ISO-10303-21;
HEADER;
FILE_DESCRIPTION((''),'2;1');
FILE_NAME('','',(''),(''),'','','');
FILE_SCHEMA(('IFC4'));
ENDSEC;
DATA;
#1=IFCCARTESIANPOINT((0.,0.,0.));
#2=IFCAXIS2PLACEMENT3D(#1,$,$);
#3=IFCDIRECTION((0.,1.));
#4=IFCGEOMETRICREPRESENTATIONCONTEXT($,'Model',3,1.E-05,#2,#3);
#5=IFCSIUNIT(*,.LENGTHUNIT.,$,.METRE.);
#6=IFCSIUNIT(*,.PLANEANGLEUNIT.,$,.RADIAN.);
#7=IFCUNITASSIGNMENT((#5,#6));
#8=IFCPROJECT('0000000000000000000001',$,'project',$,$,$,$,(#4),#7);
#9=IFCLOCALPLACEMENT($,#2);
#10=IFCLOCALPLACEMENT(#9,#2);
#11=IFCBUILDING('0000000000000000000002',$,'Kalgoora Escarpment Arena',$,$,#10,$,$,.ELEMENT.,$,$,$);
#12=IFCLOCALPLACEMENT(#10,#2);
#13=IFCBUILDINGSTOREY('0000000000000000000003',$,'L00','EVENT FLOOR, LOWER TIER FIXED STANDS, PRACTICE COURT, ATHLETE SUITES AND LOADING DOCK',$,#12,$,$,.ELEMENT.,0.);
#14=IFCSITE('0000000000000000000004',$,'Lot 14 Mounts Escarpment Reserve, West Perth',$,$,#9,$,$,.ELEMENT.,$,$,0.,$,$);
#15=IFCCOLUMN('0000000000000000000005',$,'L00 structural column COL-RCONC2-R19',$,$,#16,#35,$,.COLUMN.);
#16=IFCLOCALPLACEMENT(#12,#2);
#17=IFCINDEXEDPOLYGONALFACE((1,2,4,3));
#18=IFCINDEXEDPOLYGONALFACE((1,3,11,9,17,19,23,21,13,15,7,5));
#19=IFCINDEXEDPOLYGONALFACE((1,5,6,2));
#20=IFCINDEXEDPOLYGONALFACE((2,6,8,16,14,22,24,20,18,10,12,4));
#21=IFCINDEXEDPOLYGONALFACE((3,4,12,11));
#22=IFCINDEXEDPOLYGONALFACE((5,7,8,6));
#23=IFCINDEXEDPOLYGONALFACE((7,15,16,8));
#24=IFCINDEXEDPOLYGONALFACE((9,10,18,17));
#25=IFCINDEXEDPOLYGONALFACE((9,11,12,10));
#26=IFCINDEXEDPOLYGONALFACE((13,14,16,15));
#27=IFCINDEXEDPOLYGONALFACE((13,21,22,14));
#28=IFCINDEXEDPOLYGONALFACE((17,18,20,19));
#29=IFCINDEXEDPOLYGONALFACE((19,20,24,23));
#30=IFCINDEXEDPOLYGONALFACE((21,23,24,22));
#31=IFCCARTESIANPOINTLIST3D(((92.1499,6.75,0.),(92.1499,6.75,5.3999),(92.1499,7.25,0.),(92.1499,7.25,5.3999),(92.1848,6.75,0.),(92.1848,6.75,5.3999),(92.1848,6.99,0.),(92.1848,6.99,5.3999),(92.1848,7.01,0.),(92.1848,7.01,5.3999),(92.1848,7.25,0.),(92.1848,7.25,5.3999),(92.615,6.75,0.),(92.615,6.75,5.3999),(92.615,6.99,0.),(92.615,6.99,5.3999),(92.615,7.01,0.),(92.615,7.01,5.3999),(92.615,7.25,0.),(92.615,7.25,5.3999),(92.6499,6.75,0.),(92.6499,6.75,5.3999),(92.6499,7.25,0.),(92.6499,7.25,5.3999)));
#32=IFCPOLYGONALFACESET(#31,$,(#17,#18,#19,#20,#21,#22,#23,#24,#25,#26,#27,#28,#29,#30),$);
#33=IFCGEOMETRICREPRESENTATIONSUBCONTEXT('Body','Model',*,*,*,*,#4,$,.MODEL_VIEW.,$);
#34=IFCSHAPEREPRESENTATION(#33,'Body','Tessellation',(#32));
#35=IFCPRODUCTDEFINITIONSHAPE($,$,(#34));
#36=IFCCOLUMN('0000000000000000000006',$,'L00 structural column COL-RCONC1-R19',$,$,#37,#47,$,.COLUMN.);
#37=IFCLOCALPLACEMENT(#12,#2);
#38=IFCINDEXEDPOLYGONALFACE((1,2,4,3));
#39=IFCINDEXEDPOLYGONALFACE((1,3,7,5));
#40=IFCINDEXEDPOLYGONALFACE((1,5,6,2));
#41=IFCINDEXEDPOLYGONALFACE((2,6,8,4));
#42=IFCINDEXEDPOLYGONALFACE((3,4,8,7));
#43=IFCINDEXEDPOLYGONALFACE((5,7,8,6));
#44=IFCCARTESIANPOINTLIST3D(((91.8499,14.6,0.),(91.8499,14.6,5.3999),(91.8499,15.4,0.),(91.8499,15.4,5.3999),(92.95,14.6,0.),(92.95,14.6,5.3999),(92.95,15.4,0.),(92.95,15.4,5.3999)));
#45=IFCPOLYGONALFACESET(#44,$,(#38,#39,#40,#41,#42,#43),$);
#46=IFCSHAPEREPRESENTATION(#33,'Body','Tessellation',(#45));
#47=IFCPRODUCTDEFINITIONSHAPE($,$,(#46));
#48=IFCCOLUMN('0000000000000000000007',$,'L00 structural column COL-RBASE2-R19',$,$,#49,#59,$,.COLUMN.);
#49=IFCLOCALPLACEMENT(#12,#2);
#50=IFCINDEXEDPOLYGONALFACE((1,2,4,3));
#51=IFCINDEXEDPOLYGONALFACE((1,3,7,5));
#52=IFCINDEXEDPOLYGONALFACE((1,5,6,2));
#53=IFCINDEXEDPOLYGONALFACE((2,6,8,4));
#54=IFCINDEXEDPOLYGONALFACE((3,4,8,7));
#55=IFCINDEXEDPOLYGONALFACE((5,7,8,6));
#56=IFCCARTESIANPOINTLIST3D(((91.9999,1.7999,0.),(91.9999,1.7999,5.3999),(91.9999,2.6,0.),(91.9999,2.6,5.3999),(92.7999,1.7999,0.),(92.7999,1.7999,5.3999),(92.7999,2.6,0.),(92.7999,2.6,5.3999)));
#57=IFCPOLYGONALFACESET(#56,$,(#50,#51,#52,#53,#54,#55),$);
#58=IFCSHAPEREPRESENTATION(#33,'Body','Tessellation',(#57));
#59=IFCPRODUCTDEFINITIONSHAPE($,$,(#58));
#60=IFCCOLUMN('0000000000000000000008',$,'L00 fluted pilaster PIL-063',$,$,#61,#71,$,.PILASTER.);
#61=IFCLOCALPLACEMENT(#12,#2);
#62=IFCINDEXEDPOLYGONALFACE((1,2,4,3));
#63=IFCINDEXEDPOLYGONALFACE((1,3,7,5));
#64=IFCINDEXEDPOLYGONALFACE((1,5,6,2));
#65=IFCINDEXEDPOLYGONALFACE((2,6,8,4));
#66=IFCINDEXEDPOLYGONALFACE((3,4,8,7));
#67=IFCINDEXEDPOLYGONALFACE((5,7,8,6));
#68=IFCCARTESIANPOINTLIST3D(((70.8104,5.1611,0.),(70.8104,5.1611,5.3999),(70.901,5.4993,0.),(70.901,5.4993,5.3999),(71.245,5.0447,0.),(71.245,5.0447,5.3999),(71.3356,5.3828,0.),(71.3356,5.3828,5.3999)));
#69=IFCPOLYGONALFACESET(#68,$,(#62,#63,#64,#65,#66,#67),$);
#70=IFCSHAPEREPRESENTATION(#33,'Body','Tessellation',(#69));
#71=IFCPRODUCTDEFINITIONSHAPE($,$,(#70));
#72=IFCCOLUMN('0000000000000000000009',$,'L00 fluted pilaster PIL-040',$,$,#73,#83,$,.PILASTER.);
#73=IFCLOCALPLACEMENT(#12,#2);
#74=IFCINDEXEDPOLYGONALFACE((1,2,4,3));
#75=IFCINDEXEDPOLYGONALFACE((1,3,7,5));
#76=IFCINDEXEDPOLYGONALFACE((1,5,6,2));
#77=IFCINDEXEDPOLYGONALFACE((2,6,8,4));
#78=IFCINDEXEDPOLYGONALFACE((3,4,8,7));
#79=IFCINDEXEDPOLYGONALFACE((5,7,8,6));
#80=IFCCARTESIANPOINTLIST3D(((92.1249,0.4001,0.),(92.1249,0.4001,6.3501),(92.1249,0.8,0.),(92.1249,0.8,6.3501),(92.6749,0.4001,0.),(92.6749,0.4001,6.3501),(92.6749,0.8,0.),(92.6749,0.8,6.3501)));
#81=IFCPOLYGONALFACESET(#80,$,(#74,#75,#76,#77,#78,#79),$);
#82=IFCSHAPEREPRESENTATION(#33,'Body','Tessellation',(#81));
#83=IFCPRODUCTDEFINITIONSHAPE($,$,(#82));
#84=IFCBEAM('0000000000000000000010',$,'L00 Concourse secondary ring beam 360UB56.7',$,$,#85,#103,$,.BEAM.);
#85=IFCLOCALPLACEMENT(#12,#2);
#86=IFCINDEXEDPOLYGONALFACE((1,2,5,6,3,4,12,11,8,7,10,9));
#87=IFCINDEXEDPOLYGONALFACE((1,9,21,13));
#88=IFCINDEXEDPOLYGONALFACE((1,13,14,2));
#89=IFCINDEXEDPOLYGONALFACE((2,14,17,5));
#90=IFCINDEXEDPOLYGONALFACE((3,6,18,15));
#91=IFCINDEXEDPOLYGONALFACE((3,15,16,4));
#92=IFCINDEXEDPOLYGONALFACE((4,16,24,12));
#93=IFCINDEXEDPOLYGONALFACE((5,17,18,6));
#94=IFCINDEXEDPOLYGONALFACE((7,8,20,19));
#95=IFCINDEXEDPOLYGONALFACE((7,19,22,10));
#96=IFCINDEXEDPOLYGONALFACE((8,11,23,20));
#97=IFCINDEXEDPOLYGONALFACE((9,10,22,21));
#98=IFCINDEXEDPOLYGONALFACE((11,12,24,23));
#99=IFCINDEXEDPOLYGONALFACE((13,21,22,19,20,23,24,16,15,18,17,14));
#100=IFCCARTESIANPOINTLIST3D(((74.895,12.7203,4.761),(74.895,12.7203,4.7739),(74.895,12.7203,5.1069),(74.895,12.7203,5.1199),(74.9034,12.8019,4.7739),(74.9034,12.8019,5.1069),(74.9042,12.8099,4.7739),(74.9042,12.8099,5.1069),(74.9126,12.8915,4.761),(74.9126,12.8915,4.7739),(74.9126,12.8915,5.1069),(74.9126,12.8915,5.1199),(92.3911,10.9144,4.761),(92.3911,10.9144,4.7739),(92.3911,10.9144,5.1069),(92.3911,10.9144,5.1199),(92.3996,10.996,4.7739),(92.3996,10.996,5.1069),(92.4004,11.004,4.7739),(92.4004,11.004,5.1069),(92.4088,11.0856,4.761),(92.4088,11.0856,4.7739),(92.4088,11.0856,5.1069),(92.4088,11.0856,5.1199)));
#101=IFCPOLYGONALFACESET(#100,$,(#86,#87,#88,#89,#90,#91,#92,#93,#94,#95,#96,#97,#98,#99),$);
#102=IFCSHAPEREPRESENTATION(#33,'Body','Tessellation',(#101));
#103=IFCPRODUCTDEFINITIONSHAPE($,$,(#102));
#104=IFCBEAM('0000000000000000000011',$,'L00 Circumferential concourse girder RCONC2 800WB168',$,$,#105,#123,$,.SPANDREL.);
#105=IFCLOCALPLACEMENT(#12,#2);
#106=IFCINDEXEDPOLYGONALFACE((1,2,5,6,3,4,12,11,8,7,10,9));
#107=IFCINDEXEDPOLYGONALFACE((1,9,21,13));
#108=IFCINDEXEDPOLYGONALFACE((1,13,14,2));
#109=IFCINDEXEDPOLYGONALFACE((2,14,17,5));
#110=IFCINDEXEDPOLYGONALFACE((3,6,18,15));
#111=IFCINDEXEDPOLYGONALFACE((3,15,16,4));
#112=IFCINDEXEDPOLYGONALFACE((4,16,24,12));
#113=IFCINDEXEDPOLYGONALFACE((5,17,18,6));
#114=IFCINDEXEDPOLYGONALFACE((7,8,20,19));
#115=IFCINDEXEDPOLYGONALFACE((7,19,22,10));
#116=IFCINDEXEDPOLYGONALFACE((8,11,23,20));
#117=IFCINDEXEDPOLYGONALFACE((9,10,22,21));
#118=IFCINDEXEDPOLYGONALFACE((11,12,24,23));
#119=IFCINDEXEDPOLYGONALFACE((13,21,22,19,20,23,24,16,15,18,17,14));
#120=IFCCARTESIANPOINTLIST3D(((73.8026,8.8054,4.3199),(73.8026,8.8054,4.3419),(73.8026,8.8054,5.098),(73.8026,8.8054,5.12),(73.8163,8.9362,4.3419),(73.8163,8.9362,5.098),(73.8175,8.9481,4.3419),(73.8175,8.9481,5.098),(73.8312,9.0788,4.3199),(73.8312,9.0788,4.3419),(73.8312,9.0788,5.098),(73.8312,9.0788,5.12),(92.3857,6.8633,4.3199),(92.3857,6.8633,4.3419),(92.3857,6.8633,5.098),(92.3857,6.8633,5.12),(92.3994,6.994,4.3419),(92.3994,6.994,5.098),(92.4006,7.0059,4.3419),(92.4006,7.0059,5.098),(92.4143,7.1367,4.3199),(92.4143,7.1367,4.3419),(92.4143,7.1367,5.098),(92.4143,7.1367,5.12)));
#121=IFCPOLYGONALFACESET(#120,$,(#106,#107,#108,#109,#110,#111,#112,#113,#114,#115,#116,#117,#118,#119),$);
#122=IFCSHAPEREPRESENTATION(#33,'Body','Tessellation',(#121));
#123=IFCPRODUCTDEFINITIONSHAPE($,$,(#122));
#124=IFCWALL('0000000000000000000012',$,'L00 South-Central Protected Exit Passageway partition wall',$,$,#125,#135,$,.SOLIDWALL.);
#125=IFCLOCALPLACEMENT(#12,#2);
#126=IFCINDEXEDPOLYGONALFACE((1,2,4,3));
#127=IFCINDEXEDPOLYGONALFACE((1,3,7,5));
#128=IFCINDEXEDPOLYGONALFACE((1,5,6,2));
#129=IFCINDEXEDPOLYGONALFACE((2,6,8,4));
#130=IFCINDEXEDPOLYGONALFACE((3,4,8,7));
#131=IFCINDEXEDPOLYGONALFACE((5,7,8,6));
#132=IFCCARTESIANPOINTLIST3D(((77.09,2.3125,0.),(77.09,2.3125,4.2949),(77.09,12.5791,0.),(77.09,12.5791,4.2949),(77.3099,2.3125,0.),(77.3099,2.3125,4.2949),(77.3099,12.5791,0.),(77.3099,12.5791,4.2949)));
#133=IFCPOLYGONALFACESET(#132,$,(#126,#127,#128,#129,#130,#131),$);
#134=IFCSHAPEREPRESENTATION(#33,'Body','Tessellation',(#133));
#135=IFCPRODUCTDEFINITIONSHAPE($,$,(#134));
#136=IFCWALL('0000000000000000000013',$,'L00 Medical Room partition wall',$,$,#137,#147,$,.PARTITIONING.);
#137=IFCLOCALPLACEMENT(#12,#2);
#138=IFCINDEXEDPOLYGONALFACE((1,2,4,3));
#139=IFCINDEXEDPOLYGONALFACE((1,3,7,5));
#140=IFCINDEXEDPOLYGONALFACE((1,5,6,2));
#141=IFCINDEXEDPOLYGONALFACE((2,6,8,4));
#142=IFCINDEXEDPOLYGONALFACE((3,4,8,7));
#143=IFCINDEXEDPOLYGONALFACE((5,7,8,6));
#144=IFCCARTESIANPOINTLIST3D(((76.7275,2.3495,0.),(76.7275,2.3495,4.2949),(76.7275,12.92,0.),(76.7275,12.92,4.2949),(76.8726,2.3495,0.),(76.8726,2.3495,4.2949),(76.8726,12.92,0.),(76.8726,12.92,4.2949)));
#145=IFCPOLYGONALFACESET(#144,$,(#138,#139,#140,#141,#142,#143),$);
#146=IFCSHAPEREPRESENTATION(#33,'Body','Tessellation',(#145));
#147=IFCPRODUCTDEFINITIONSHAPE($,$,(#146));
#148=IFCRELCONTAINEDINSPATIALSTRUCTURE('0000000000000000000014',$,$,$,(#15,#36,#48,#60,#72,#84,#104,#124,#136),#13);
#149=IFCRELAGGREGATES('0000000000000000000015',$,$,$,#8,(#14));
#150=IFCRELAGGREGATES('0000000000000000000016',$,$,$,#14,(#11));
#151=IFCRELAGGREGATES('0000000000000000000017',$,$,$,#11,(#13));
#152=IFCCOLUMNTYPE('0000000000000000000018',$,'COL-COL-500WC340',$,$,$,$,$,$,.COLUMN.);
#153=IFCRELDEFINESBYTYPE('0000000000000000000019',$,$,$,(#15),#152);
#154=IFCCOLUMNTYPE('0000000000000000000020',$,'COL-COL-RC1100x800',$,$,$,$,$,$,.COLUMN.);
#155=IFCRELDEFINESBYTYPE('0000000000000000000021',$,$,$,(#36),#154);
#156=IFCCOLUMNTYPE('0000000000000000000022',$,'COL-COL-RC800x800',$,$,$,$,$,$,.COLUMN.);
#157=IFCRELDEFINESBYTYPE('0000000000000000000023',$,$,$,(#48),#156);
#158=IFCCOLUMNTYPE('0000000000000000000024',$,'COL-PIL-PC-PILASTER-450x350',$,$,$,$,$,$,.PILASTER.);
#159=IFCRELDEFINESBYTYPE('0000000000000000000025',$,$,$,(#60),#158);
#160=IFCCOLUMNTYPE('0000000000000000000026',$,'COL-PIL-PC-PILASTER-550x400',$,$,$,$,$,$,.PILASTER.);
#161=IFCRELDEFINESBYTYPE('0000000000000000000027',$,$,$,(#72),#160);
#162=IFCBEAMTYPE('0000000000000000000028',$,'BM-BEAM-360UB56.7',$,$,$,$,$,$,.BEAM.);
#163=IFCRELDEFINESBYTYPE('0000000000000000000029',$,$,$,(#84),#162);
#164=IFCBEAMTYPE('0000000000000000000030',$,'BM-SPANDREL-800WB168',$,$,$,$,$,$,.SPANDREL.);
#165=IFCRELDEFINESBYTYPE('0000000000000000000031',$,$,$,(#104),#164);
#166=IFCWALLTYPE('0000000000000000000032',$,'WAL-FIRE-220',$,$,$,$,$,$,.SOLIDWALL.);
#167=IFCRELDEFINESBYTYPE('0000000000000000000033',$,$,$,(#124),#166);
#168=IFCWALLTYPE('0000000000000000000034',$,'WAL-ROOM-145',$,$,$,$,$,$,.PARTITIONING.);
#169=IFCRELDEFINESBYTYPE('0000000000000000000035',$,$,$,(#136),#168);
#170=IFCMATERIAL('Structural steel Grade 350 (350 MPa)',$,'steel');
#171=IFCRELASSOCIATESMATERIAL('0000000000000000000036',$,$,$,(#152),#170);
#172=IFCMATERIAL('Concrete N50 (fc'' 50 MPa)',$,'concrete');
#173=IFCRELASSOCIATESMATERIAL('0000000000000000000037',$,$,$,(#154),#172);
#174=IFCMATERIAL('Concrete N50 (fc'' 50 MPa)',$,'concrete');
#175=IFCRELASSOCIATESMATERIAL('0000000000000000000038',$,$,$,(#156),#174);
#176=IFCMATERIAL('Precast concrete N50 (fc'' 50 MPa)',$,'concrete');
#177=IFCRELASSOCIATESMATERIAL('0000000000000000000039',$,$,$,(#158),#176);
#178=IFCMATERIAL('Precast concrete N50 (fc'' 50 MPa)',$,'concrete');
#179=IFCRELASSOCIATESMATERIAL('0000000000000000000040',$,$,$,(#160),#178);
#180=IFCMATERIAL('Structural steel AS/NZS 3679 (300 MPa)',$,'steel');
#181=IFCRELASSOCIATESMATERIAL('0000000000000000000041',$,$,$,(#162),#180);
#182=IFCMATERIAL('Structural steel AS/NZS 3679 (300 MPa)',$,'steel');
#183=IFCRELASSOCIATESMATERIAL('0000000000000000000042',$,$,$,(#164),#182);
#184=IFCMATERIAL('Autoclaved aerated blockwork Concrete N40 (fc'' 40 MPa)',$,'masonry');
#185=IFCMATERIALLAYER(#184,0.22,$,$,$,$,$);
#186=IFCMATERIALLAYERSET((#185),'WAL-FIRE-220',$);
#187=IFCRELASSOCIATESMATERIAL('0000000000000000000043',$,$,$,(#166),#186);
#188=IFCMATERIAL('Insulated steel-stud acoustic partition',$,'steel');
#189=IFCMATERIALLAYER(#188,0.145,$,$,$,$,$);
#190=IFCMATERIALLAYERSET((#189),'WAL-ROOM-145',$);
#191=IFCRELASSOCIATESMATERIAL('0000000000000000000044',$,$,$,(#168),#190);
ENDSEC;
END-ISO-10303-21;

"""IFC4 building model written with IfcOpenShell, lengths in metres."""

from ifc_helpers import new_model, si_unit, direction, frame, frame_2d, origin, origin_2d, place, context, subcontext, project, spatial, rectangle, i_section, extrude, material, layer, layer_set, material_profile, profile_set, type_object, element, save


model = new_model("IFC4")

# Units and contexts
model_context = context("Model", 3, precision=1e-05, world=origin(), true_north=direction((0.0, 1.0)))
body_context = subcontext(model_context, "Body", "Model", "MODEL_VIEW")
ifc_project = project(units=[si_unit("LENGTHUNIT", "METRE"), si_unit("PLANEANGLEUNIT", "RADIAN")], contexts=[model_context])

# Site, building, storey
site_placement = place(None, origin())
site = spatial("IfcSite", under=ifc_project, at=site_placement, Name="Lot 14 Mounts Escarpment Reserve, West Perth", CompositionType="ELEMENT", RefElevation=0.0)
building_placement = place(site_placement, origin())
building = spatial("IfcBuilding", under=site, at=building_placement, Name="Kalgoora Escarpment Arena", CompositionType="ELEMENT")
storey_placement = place(building_placement, origin())
storey = spatial("IfcBuildingStorey", under=building, at=storey_placement, Name="L00", Description="EVENT FLOOR, LOWER TIER FIXED STANDS, PRACTICE COURT, ATHLETE SUITES AND LOADING DOCK", CompositionType="ELEMENT", Elevation=0.0)

# Columns
ifc_material_1 = material(Name="Structural steel Grade 350 (350 MPa)", Category="steel")
ifc_material_profile_1 = material_profile(ifc_material_1, i_section(OverallWidth=0.5, OverallDepth=0.5, WebThickness=0.02, FlangeThickness=0.0349, at=origin_2d()))
ifc_profile_set_1 = profile_set([ifc_material_profile_1], Name="Structural steel Grade 350 (350 MPa)")
column_type_1 = type_object("IfcColumnType", Name="COL-COL-500WC340", PredefinedType="COLUMN", material=ifc_profile_set_1)
for number, where, z_axis, x_axis, name in (
    (1, (92.3999, 7.0, 0.0), (0.0, 0.0, 1.0), (0.0, -1.0, 0.0), "L00 structural column COL-RCONC2-R19"),
):
    element("IfcColumn", number, at=place(storey_placement, frame(where, z_axis=z_axis, x_axis=x_axis)), inside=storey, type_object=column_type_1, Name=name, PredefinedType="COLUMN", context=body_context, shape_type="SweptSolid", body=[
        extrude(i_section(OverallWidth=0.5, OverallDepth=0.5, WebThickness=0.02, FlangeThickness=0.0349, at=origin_2d()), origin(), (0.0, 0.0, 1.0), 5.3999),
    ])
ifc_material_2 = material(Name="Concrete N50 (fc' 50 MPa)", Category="concrete")
ifc_material_profile_2 = material_profile(ifc_material_2, rectangle(XDim=0.8, YDim=1.1001, at=origin_2d()))
ifc_profile_set_2 = profile_set([ifc_material_profile_2], Name="Concrete N50 (fc' 50 MPa)")
column_type_2 = type_object("IfcColumnType", Name="COL-COL-RC1100x800", PredefinedType="COLUMN", material=ifc_profile_set_2)
column_1_placement = place(storey_placement, frame((92.3999, 15.0, 0.0), z_axis=(0.0, 0.0, 1.0), x_axis=(0.0, -1.0, 0.0)))
element("IfcColumn", 2, at=column_1_placement, inside=storey, type_object=column_type_2, Name="L00 structural column COL-RCONC1-R19", PredefinedType="COLUMN", context=body_context, shape_type="SweptSolid", body=[
    extrude(rectangle(XDim=0.8, YDim=1.1001, at=origin_2d()), origin(), (0.0, 0.0, 1.0), 5.3999),
])
ifc_material_3 = material(Name="Concrete N50 (fc' 50 MPa)", Category="concrete")
ifc_material_profile_3 = material_profile(ifc_material_3, rectangle(XDim=0.8, YDim=0.8, at=origin_2d()))
ifc_profile_set_3 = profile_set([ifc_material_profile_3], Name="Concrete N50 (fc' 50 MPa)")
column_type_3 = type_object("IfcColumnType", Name="COL-COL-RC800x800", PredefinedType="COLUMN", material=ifc_profile_set_3)
column_2_placement = place(storey_placement, frame((92.3999, 2.2, 0.0), z_axis=(0.0, 0.0, 1.0), x_axis=(0.0, -1.0, 0.0)))
element("IfcColumn", 3, at=column_2_placement, inside=storey, type_object=column_type_3, Name="L00 structural column COL-RBASE2-R19", PredefinedType="COLUMN", context=body_context, shape_type="SweptSolid", body=[
    extrude(rectangle(XDim=0.8, YDim=0.8, at=origin_2d()), origin(), (0.0, 0.0, 1.0), 5.3999),
])
ifc_material_4 = material(Name="Precast concrete N50 (fc' 50 MPa)", Category="concrete")
ifc_material_profile_4 = material_profile(ifc_material_4, rectangle(XDim=0.3501, YDim=0.45, at=origin_2d()))
ifc_profile_set_4 = profile_set([ifc_material_profile_4], Name="Precast concrete N50 (fc' 50 MPa)")
column_type_4 = type_object("IfcColumnType", Name="COL-PIL-PC-PILASTER-450x350", PredefinedType="PILASTER", material=ifc_profile_set_4)
column_3_placement = place(storey_placement, frame((71.073, 5.272, 0.0), z_axis=(0.0, 0.0, 1.0), x_axis=(-0.258819, -0.965926, 0.0)))
element("IfcColumn", 4, at=column_3_placement, inside=storey, type_object=column_type_4, Name="L00 fluted pilaster PIL-063", PredefinedType="PILASTER", context=body_context, shape_type="SweptSolid", body=[
    extrude(rectangle(XDim=0.3501, YDim=0.45, at=origin_2d()), origin(), (0.0, 0.0, 1.0), 5.3999),
])
ifc_material_5 = material(Name="Precast concrete N50 (fc' 50 MPa)", Category="concrete")
ifc_material_profile_5 = material_profile(ifc_material_5, rectangle(XDim=0.3999, YDim=0.55, at=origin_2d()))
ifc_profile_set_5 = profile_set([ifc_material_profile_5], Name="Precast concrete N50 (fc' 50 MPa)")
column_type_5 = type_object("IfcColumnType", Name="COL-PIL-PC-PILASTER-550x400", PredefinedType="PILASTER", material=ifc_profile_set_5)
column_4_placement = place(storey_placement, frame((92.3999, 0.6001, 0.0), z_axis=(0.0, 0.0, 1.0), x_axis=(0.0, -1.0, 0.0)))
element("IfcColumn", 5, at=column_4_placement, inside=storey, type_object=column_type_5, Name="L00 fluted pilaster PIL-040", PredefinedType="PILASTER", context=body_context, shape_type="SweptSolid", body=[
    extrude(rectangle(XDim=0.3999, YDim=0.55, at=origin_2d()), origin(), (0.0, 0.0, 1.0), 6.3501),
])

# Beams
ifc_material_6 = material(Name="Structural steel AS/NZS 3679 (300 MPa)", Category="steel")
ifc_material_profile_6 = material_profile(ifc_material_6, i_section(OverallWidth=0.1721, OverallDepth=0.3589, WebThickness=0.0081, FlangeThickness=0.0129, at=origin_2d()))
ifc_profile_set_6 = profile_set([ifc_material_profile_6], Name="Structural steel AS/NZS 3679 (300 MPa)")
beam_type_1 = type_object("IfcBeamType", Name="BM-BEAM-360UB56.7", PredefinedType="BEAM", material=ifc_profile_set_6)
beam_1_placement = place(storey_placement, frame((74.9038, 12.8059, 4.9404), z_axis=(0.994715, -0.102672, 0.0), x_axis=(0.102672, 0.994715, 0.0)))
element("IfcBeam", 6, at=beam_1_placement, inside=storey, type_object=beam_type_1, Name="L00 Concourse secondary ring beam 360UB56.7", PredefinedType="BEAM", context=body_context, shape_type="SweptSolid", body=[
    extrude(i_section(OverallWidth=0.1721, OverallDepth=0.3589, WebThickness=0.0081, FlangeThickness=0.0129, at=origin_2d()), origin(), (0.0, 0.0, 1.0), 17.5891),
])
ifc_material_7 = material(Name="Structural steel AS/NZS 3679 (300 MPa)", Category="steel")
ifc_material_profile_7 = material_profile(ifc_material_7, i_section(OverallWidth=0.2749, OverallDepth=0.8, WebThickness=0.012, FlangeThickness=0.022, at=origin_2d()))
ifc_profile_set_7 = profile_set([ifc_material_profile_7], Name="Structural steel AS/NZS 3679 (300 MPa)")
beam_type_2 = type_object("IfcBeamType", Name="BM-SPANDREL-800WB168", PredefinedType="SPANDREL", material=ifc_profile_set_7)
beam_2_placement = place(storey_placement, frame((73.8169, 8.9421, 4.72), z_axis=(0.994583, -0.103945, 0.0), x_axis=(0.103945, 0.994583, 0.0)))
element("IfcBeam", 7, at=beam_2_placement, inside=storey, type_object=beam_type_2, Name="L00 Circumferential concourse girder RCONC2 800WB168", PredefinedType="SPANDREL", context=body_context, shape_type="SweptSolid", body=[
    extrude(i_section(OverallWidth=0.2749, OverallDepth=0.8, WebThickness=0.012, FlangeThickness=0.022, at=origin_2d()), origin(), (0.0, 0.0, 1.0), 18.6843),
])

# Walls
ifc_material_8 = material(Name="Autoclaved aerated blockwork Concrete N40 (fc' 40 MPa)", Category="masonry")
ifc_layer_1 = layer(ifc_material_8, 0.22)
ifc_layer_set_1 = layer_set([ifc_layer_1], Name="WAL-FIRE-220")
wall_type_1 = type_object("IfcWallType", Name="WAL-FIRE-220", PredefinedType="SOLIDWALL", material=ifc_layer_set_1)
wall_1_placement = place(storey_placement, frame((77.2, 2.3125, 0.0), z_axis=(0.0, 0.0, 1.0), x_axis=(0.0, 1.0, 0.0)))
element("IfcWall", 8, at=wall_1_placement, inside=storey, type_object=wall_type_1, Name="L00 South-Central Protected Exit Passageway partition wall", PredefinedType="SOLIDWALL", context=body_context, shape_type="SweptSolid", body=[
    extrude(rectangle(XDim=10.2666, YDim=0.22, at=frame_2d((5.1333, 0.0))), origin(), (0.0, 0.0, 1.0), 4.2949),
])
ifc_material_9 = material(Name="Insulated steel-stud acoustic partition", Category="steel")
ifc_layer_2 = layer(ifc_material_9, 0.145)
ifc_layer_set_2 = layer_set([ifc_layer_2], Name="WAL-ROOM-145")
wall_type_2 = type_object("IfcWallType", Name="WAL-ROOM-145", PredefinedType="PARTITIONING", material=ifc_layer_set_2)
wall_2_placement = place(storey_placement, frame((76.8, 12.9199, 0.0), z_axis=(0.0, 0.0, 1.0), x_axis=(0.0, -1.0, 0.0)))
element("IfcWall", 9, at=wall_2_placement, inside=storey, type_object=wall_type_2, Name="L00 Medical Room partition wall", PredefinedType="PARTITIONING", context=body_context, shape_type="SweptSolid", body=[
    extrude(rectangle(XDim=10.5706, YDim=0.145, at=frame_2d((5.2852, 0.0))), origin(), (0.0, 0.0, 1.0), 4.2949),
])

save(model, "model.ifc")
